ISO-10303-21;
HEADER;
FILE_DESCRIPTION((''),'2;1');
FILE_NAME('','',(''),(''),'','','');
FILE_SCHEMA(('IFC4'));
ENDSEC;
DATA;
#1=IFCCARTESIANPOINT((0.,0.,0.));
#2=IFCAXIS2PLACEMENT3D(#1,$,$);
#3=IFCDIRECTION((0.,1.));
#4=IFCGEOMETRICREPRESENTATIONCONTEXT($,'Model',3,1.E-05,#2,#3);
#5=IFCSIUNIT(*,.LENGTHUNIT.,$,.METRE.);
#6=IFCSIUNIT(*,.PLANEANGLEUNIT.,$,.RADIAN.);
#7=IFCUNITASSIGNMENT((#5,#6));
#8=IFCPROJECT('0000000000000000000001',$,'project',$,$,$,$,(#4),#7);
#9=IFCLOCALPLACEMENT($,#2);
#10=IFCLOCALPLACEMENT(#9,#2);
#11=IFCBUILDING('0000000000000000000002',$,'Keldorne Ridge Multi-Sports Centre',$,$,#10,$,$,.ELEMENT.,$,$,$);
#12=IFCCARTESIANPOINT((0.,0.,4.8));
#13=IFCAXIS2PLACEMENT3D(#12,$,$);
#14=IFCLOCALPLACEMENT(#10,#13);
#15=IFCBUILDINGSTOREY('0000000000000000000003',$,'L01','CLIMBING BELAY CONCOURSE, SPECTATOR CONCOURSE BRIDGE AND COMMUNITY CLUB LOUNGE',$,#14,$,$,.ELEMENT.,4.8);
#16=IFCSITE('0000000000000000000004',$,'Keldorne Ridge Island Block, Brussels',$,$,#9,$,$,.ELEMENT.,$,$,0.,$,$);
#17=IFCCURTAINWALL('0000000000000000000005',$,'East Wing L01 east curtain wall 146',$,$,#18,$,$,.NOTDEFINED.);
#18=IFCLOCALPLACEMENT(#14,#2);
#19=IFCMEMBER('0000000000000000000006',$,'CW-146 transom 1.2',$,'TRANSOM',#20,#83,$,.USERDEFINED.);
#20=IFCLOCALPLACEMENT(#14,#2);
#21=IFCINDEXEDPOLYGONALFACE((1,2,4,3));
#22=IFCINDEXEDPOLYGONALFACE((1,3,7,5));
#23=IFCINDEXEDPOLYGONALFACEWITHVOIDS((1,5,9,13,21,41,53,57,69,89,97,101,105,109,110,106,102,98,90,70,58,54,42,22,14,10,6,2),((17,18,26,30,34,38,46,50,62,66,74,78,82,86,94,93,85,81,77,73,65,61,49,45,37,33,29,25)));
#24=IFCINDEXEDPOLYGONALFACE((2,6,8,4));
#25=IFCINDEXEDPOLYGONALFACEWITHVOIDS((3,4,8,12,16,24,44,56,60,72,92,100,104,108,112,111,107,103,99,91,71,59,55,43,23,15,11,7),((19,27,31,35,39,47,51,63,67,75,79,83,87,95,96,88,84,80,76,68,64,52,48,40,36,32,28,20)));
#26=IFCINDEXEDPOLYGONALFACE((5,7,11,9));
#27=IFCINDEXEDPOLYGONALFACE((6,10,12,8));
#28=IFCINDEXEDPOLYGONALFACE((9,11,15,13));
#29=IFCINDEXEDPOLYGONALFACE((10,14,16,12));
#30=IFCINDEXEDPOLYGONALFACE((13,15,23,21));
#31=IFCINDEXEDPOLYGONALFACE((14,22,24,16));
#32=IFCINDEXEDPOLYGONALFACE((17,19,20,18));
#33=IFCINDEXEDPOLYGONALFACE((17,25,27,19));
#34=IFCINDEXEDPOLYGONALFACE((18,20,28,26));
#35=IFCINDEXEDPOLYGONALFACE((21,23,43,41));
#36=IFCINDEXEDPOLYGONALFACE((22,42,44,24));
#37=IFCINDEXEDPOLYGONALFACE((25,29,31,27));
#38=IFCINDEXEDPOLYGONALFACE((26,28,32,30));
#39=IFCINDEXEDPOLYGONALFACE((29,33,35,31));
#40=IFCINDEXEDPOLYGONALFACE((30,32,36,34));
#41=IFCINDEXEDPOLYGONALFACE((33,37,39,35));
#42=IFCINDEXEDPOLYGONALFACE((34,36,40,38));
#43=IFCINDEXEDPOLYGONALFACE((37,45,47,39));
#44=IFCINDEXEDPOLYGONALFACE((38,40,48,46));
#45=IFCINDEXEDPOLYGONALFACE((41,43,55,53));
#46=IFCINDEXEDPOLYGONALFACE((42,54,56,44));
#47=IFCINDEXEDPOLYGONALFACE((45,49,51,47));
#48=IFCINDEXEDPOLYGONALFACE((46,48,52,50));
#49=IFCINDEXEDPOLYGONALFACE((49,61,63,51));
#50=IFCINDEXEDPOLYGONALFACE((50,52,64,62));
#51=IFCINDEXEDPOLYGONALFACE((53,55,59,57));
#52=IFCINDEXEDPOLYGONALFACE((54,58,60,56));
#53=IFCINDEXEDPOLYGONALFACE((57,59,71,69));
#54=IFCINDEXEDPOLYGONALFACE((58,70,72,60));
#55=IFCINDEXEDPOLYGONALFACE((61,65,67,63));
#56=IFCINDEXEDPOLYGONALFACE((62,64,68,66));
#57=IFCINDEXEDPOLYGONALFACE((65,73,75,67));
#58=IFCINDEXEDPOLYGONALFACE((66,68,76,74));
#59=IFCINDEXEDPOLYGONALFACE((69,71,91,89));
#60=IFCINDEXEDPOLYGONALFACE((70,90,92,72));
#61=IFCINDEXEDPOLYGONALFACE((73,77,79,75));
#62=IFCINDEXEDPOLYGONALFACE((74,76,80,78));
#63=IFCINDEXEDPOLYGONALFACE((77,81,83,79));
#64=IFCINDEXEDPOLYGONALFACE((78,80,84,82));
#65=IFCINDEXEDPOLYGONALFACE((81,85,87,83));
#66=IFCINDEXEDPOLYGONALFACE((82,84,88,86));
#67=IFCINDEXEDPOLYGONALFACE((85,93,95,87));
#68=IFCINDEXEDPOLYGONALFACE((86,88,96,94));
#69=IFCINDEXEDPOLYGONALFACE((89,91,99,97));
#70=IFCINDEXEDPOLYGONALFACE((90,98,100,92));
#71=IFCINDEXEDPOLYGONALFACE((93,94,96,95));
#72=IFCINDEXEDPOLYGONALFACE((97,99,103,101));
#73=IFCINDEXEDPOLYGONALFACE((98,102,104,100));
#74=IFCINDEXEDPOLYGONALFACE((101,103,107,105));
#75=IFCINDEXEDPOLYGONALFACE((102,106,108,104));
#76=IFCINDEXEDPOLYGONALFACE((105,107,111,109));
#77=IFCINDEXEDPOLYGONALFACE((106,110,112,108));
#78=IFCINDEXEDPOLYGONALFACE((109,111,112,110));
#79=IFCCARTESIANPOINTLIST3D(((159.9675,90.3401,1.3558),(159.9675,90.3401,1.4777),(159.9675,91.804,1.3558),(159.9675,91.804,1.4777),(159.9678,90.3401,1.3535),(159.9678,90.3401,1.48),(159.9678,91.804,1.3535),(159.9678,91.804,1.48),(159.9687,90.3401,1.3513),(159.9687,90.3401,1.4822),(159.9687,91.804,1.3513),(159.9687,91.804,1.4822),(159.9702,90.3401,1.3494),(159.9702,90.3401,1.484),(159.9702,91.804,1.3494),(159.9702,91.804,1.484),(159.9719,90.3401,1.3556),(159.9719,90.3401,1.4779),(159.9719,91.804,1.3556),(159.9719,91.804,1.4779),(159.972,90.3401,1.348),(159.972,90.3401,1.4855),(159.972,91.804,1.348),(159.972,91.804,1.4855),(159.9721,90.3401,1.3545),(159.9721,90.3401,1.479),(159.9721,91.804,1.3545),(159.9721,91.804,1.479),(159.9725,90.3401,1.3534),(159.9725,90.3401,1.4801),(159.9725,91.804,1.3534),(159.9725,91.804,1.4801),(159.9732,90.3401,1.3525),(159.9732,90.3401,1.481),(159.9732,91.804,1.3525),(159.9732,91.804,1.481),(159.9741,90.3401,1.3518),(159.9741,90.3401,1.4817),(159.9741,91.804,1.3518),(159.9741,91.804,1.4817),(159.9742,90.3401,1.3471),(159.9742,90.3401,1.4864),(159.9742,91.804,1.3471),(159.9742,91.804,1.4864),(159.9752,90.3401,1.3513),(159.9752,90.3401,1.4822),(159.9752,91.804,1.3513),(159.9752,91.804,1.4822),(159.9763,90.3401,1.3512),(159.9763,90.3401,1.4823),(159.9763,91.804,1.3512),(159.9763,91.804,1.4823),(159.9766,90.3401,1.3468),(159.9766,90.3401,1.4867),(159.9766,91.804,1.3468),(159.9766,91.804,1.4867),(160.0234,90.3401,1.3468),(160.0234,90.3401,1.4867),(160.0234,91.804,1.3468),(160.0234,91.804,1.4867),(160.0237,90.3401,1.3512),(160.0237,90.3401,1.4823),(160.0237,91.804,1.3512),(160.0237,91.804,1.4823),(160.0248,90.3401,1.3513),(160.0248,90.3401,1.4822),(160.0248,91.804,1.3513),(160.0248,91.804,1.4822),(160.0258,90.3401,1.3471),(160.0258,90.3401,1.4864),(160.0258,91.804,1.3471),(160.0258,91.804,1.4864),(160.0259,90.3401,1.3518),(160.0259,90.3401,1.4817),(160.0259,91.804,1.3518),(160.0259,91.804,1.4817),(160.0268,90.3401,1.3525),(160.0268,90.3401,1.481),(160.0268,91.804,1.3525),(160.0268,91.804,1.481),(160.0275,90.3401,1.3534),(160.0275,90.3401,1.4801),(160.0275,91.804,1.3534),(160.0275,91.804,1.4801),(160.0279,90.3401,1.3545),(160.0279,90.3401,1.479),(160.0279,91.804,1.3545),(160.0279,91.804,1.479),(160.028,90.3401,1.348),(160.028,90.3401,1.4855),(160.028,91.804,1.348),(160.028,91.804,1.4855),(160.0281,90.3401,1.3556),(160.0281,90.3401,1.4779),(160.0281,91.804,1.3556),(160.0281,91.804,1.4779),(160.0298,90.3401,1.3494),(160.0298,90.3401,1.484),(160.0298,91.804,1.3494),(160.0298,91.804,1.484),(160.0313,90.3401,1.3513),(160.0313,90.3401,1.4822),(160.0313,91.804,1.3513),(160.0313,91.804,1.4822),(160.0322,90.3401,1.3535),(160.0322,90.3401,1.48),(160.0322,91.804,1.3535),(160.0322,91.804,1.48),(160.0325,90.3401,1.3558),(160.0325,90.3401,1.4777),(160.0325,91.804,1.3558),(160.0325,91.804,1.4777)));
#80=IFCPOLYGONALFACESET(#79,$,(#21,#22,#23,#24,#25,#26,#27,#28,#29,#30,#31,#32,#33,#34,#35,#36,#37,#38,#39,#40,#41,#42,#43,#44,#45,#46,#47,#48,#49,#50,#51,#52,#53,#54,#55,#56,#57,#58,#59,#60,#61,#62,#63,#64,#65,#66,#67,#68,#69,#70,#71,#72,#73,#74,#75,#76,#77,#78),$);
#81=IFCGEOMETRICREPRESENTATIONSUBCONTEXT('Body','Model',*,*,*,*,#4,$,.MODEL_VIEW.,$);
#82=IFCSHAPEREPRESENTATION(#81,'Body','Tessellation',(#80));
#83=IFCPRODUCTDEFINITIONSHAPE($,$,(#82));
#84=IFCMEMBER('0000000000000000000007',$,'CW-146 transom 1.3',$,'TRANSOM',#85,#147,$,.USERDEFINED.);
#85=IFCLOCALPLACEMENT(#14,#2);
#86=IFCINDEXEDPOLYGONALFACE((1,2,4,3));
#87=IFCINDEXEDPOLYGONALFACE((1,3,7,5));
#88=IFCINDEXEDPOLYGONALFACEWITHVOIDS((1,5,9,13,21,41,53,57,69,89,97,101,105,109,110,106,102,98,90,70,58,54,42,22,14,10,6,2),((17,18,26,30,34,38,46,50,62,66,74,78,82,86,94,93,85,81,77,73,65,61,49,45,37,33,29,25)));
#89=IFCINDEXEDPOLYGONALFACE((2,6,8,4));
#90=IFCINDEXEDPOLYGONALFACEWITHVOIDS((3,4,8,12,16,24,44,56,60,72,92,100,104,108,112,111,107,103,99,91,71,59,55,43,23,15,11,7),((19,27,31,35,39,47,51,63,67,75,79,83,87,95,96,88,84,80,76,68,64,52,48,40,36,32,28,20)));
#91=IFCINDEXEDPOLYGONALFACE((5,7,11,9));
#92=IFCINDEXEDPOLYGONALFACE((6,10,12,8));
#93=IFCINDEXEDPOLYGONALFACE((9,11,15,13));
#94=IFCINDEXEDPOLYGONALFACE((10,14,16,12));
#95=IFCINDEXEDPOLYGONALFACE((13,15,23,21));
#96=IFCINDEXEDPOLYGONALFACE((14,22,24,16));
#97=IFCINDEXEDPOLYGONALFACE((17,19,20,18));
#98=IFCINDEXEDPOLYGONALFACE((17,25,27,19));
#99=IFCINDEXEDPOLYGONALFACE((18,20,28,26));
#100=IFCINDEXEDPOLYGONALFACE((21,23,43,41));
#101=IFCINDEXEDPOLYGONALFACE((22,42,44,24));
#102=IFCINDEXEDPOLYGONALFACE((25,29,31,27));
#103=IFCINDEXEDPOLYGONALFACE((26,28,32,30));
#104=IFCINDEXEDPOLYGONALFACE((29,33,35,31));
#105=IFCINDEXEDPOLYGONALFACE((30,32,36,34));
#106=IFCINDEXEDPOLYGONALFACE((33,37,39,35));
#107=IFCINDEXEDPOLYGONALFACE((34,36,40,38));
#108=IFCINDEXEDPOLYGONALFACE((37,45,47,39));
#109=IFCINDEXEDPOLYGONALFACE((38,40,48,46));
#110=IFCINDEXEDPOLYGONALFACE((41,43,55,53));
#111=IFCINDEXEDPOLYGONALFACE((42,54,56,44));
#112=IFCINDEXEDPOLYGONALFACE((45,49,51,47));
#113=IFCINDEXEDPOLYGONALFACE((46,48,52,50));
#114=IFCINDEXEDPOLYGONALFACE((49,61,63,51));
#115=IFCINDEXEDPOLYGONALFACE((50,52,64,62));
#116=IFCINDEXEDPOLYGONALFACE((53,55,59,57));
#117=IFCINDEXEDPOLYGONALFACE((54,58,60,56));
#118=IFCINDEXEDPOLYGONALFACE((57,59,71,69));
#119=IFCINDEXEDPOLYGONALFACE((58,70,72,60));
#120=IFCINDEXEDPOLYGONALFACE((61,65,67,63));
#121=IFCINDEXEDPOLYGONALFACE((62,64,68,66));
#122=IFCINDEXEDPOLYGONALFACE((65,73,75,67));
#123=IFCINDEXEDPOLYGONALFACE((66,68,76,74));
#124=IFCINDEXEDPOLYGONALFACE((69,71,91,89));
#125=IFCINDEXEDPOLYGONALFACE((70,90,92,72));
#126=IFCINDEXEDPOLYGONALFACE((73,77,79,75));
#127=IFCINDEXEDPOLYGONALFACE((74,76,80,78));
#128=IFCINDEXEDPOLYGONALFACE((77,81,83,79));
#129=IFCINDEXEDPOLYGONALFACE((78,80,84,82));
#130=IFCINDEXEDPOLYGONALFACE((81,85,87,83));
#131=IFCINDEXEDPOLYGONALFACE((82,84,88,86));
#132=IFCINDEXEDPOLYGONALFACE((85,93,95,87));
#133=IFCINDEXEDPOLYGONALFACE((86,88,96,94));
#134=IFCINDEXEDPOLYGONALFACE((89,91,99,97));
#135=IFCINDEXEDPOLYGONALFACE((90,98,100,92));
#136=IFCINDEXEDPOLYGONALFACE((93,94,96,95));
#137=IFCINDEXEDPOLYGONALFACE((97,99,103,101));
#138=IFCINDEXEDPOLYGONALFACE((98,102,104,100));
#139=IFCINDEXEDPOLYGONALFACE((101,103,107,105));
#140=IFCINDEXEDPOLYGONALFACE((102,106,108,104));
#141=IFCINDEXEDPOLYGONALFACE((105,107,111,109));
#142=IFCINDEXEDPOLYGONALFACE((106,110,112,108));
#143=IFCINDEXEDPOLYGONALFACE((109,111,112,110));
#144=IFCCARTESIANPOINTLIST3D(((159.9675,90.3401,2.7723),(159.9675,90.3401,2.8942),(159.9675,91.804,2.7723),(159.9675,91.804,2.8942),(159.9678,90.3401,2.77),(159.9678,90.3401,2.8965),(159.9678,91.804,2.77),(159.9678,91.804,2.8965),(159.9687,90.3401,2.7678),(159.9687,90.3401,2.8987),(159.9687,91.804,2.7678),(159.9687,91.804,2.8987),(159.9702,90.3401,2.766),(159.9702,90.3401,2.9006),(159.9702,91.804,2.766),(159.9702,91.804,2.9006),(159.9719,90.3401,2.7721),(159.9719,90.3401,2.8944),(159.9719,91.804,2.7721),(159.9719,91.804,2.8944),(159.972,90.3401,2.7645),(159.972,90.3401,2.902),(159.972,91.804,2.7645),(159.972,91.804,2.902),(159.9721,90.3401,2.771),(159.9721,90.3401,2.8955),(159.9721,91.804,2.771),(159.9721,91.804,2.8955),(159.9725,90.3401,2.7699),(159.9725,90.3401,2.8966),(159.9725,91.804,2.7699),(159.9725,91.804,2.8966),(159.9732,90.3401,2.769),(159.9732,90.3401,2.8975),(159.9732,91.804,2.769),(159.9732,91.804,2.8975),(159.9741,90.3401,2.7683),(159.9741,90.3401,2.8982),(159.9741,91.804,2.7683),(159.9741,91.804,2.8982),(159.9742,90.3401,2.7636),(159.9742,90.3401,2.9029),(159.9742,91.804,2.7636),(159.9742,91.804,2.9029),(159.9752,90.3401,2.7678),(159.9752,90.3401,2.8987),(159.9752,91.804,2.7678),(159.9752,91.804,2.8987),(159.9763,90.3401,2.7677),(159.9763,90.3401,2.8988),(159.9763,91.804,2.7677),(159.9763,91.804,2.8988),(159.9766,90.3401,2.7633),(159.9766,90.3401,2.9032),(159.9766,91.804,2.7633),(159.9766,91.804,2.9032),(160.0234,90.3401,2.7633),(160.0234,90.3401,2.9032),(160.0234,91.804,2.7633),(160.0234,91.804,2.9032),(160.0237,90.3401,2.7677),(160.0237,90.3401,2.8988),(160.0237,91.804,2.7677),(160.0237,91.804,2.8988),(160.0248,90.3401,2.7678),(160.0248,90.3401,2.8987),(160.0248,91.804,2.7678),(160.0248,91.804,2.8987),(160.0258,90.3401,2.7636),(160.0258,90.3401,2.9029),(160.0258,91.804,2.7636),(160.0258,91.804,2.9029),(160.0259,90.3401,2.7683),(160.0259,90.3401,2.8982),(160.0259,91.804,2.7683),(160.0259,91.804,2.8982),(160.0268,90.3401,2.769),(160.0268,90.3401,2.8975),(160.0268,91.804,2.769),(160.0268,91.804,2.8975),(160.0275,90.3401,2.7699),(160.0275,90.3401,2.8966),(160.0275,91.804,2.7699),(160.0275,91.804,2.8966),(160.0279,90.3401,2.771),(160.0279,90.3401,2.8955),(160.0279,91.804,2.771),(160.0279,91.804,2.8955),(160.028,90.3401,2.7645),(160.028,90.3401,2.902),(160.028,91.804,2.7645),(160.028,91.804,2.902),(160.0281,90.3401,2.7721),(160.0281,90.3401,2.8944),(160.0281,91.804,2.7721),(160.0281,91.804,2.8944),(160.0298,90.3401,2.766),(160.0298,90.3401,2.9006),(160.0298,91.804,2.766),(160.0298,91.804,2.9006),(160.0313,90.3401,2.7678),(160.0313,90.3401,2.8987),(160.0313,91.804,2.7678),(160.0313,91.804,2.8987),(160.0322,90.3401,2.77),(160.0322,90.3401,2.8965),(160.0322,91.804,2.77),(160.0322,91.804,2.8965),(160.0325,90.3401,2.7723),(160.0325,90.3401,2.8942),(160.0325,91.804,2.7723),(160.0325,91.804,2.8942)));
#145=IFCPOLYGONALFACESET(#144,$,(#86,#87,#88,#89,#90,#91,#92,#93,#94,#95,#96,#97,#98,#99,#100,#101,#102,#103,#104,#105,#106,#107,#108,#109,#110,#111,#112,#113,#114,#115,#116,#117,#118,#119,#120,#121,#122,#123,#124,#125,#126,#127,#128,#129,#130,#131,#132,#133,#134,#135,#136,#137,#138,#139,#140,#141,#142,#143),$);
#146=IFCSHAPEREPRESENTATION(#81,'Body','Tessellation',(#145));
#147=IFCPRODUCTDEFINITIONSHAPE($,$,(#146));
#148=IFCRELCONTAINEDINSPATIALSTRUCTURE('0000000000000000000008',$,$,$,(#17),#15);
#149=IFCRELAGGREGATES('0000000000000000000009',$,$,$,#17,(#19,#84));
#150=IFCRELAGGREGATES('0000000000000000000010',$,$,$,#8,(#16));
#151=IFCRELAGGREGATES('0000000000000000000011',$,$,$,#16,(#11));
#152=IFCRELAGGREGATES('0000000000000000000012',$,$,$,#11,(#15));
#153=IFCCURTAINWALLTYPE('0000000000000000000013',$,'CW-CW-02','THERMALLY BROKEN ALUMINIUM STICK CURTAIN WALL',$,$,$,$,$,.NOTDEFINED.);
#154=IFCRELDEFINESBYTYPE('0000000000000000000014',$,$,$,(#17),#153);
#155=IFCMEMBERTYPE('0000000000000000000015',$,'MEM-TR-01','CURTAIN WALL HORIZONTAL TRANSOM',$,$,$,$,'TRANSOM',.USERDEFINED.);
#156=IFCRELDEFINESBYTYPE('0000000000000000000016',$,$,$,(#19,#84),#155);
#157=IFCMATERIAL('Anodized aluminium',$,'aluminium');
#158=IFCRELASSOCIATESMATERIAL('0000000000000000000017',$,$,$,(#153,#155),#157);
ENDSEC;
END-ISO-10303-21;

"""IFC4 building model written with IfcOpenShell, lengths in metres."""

from ifc_helpers import new_model, si_unit, direction, frame, origin, origin_2d, place, context, subcontext, project, spatial, hollow_rectangle, extrude, material, material_profile, profile_set, type_object, element, aggregate, save


model = new_model("IFC4")

# Units and contexts
model_context = context("Model", 3, precision=1e-05, world=origin(), true_north=direction((0.0, 1.0)))
body_context = subcontext(model_context, "Body", "Model", "MODEL_VIEW")
ifc_project = project(units=[si_unit("LENGTHUNIT", "METRE"), si_unit("PLANEANGLEUNIT", "RADIAN")], contexts=[model_context])

# Site, building, storey
site_placement = place(None, origin())
site = spatial("IfcSite", under=ifc_project, at=site_placement, Name="Keldorne Ridge Island Block, Brussels", CompositionType="ELEMENT", RefElevation=0.0)
building_placement = place(site_placement, origin())
building = spatial("IfcBuilding", under=site, at=building_placement, Name="Keldorne Ridge Multi-Sports Centre", CompositionType="ELEMENT")
storey_placement = place(building_placement, frame((0.0, 0.0, 4.8)))
storey = spatial("IfcBuildingStorey", under=building, at=storey_placement, Name="L01", Description="CLIMBING BELAY CONCOURSE, SPECTATOR CONCOURSE BRIDGE AND COMMUNITY CLUB LOUNGE", CompositionType="ELEMENT", Elevation=4.8)

# Curtain wall, members
ifc_material_1 = material(Name="Anodized aluminium", Category="aluminium")
curtain_wall_type = type_object("IfcCurtainWallType", Name="CW-CW-02", Description="THERMALLY BROKEN ALUMINIUM STICK CURTAIN WALL", PredefinedType="NOTDEFINED", material=ifc_material_1)
curtain_wall_placement = place(storey_placement, origin())
curtain_wall = element("IfcCurtainWall", 1, at=curtain_wall_placement, inside=storey, type_object=curtain_wall_type, Name="East Wing L01 east curtain wall 146", PredefinedType="NOTDEFINED")
ifc_material_profile_1 = material_profile(ifc_material_1, hollow_rectangle(XDim=0.0649, YDim=0.1399, WallThickness=0.0044, InnerFilletRadius=0.0044, OuterFilletRadius=0.009, at=origin_2d()), Name="ALU TRANSOM 140x65x4.5")
ifc_profile_set_1 = profile_set([ifc_material_profile_1], Name="Anodized aluminium")
member_type_1 = type_object("IfcMemberType", Name="MEM-TR-01", Description="CURTAIN WALL HORIZONTAL TRANSOM", ElementType="TRANSOM", PredefinedType="USERDEFINED", material=ifc_profile_set_1)
member_1_placement = place(storey_placement, frame((160.0, 90.3401, 1.4167), z_axis=(0.0, 1.0, 0.0), x_axis=(-1.0, 0.0, 0.0)))
member_1 = element("IfcMember", 2, at=member_1_placement, type_object=member_type_1, Name="CW-146 transom 1.2", ObjectType="TRANSOM", PredefinedType="USERDEFINED", context=body_context, shape_type="SweptSolid", body=[
    extrude(hollow_rectangle(XDim=0.0649, YDim=0.1399, WallThickness=0.0044, InnerFilletRadius=0.0044, OuterFilletRadius=0.009, at=origin_2d()), origin(), (0.0, 0.0, 1.0), 1.4639),
])
member_2_placement = place(storey_placement, frame((160.0, 90.3401, 2.8333), z_axis=(0.0, 1.0, 0.0), x_axis=(-1.0, 0.0, 0.0)))
member_2 = element("IfcMember", 3, at=member_2_placement, type_object=member_type_1, Name="CW-146 transom 1.3", ObjectType="TRANSOM", PredefinedType="USERDEFINED", context=body_context, shape_type="SweptSolid", body=[
    extrude(hollow_rectangle(XDim=0.0649, YDim=0.1399, WallThickness=0.0044, InnerFilletRadius=0.0044, OuterFilletRadius=0.009, at=origin_2d()), origin(), (0.0, 0.0, 1.0), 1.4639),
])
aggregate(curtain_wall, [member_1, member_2])

save(model, "model.ifc")
